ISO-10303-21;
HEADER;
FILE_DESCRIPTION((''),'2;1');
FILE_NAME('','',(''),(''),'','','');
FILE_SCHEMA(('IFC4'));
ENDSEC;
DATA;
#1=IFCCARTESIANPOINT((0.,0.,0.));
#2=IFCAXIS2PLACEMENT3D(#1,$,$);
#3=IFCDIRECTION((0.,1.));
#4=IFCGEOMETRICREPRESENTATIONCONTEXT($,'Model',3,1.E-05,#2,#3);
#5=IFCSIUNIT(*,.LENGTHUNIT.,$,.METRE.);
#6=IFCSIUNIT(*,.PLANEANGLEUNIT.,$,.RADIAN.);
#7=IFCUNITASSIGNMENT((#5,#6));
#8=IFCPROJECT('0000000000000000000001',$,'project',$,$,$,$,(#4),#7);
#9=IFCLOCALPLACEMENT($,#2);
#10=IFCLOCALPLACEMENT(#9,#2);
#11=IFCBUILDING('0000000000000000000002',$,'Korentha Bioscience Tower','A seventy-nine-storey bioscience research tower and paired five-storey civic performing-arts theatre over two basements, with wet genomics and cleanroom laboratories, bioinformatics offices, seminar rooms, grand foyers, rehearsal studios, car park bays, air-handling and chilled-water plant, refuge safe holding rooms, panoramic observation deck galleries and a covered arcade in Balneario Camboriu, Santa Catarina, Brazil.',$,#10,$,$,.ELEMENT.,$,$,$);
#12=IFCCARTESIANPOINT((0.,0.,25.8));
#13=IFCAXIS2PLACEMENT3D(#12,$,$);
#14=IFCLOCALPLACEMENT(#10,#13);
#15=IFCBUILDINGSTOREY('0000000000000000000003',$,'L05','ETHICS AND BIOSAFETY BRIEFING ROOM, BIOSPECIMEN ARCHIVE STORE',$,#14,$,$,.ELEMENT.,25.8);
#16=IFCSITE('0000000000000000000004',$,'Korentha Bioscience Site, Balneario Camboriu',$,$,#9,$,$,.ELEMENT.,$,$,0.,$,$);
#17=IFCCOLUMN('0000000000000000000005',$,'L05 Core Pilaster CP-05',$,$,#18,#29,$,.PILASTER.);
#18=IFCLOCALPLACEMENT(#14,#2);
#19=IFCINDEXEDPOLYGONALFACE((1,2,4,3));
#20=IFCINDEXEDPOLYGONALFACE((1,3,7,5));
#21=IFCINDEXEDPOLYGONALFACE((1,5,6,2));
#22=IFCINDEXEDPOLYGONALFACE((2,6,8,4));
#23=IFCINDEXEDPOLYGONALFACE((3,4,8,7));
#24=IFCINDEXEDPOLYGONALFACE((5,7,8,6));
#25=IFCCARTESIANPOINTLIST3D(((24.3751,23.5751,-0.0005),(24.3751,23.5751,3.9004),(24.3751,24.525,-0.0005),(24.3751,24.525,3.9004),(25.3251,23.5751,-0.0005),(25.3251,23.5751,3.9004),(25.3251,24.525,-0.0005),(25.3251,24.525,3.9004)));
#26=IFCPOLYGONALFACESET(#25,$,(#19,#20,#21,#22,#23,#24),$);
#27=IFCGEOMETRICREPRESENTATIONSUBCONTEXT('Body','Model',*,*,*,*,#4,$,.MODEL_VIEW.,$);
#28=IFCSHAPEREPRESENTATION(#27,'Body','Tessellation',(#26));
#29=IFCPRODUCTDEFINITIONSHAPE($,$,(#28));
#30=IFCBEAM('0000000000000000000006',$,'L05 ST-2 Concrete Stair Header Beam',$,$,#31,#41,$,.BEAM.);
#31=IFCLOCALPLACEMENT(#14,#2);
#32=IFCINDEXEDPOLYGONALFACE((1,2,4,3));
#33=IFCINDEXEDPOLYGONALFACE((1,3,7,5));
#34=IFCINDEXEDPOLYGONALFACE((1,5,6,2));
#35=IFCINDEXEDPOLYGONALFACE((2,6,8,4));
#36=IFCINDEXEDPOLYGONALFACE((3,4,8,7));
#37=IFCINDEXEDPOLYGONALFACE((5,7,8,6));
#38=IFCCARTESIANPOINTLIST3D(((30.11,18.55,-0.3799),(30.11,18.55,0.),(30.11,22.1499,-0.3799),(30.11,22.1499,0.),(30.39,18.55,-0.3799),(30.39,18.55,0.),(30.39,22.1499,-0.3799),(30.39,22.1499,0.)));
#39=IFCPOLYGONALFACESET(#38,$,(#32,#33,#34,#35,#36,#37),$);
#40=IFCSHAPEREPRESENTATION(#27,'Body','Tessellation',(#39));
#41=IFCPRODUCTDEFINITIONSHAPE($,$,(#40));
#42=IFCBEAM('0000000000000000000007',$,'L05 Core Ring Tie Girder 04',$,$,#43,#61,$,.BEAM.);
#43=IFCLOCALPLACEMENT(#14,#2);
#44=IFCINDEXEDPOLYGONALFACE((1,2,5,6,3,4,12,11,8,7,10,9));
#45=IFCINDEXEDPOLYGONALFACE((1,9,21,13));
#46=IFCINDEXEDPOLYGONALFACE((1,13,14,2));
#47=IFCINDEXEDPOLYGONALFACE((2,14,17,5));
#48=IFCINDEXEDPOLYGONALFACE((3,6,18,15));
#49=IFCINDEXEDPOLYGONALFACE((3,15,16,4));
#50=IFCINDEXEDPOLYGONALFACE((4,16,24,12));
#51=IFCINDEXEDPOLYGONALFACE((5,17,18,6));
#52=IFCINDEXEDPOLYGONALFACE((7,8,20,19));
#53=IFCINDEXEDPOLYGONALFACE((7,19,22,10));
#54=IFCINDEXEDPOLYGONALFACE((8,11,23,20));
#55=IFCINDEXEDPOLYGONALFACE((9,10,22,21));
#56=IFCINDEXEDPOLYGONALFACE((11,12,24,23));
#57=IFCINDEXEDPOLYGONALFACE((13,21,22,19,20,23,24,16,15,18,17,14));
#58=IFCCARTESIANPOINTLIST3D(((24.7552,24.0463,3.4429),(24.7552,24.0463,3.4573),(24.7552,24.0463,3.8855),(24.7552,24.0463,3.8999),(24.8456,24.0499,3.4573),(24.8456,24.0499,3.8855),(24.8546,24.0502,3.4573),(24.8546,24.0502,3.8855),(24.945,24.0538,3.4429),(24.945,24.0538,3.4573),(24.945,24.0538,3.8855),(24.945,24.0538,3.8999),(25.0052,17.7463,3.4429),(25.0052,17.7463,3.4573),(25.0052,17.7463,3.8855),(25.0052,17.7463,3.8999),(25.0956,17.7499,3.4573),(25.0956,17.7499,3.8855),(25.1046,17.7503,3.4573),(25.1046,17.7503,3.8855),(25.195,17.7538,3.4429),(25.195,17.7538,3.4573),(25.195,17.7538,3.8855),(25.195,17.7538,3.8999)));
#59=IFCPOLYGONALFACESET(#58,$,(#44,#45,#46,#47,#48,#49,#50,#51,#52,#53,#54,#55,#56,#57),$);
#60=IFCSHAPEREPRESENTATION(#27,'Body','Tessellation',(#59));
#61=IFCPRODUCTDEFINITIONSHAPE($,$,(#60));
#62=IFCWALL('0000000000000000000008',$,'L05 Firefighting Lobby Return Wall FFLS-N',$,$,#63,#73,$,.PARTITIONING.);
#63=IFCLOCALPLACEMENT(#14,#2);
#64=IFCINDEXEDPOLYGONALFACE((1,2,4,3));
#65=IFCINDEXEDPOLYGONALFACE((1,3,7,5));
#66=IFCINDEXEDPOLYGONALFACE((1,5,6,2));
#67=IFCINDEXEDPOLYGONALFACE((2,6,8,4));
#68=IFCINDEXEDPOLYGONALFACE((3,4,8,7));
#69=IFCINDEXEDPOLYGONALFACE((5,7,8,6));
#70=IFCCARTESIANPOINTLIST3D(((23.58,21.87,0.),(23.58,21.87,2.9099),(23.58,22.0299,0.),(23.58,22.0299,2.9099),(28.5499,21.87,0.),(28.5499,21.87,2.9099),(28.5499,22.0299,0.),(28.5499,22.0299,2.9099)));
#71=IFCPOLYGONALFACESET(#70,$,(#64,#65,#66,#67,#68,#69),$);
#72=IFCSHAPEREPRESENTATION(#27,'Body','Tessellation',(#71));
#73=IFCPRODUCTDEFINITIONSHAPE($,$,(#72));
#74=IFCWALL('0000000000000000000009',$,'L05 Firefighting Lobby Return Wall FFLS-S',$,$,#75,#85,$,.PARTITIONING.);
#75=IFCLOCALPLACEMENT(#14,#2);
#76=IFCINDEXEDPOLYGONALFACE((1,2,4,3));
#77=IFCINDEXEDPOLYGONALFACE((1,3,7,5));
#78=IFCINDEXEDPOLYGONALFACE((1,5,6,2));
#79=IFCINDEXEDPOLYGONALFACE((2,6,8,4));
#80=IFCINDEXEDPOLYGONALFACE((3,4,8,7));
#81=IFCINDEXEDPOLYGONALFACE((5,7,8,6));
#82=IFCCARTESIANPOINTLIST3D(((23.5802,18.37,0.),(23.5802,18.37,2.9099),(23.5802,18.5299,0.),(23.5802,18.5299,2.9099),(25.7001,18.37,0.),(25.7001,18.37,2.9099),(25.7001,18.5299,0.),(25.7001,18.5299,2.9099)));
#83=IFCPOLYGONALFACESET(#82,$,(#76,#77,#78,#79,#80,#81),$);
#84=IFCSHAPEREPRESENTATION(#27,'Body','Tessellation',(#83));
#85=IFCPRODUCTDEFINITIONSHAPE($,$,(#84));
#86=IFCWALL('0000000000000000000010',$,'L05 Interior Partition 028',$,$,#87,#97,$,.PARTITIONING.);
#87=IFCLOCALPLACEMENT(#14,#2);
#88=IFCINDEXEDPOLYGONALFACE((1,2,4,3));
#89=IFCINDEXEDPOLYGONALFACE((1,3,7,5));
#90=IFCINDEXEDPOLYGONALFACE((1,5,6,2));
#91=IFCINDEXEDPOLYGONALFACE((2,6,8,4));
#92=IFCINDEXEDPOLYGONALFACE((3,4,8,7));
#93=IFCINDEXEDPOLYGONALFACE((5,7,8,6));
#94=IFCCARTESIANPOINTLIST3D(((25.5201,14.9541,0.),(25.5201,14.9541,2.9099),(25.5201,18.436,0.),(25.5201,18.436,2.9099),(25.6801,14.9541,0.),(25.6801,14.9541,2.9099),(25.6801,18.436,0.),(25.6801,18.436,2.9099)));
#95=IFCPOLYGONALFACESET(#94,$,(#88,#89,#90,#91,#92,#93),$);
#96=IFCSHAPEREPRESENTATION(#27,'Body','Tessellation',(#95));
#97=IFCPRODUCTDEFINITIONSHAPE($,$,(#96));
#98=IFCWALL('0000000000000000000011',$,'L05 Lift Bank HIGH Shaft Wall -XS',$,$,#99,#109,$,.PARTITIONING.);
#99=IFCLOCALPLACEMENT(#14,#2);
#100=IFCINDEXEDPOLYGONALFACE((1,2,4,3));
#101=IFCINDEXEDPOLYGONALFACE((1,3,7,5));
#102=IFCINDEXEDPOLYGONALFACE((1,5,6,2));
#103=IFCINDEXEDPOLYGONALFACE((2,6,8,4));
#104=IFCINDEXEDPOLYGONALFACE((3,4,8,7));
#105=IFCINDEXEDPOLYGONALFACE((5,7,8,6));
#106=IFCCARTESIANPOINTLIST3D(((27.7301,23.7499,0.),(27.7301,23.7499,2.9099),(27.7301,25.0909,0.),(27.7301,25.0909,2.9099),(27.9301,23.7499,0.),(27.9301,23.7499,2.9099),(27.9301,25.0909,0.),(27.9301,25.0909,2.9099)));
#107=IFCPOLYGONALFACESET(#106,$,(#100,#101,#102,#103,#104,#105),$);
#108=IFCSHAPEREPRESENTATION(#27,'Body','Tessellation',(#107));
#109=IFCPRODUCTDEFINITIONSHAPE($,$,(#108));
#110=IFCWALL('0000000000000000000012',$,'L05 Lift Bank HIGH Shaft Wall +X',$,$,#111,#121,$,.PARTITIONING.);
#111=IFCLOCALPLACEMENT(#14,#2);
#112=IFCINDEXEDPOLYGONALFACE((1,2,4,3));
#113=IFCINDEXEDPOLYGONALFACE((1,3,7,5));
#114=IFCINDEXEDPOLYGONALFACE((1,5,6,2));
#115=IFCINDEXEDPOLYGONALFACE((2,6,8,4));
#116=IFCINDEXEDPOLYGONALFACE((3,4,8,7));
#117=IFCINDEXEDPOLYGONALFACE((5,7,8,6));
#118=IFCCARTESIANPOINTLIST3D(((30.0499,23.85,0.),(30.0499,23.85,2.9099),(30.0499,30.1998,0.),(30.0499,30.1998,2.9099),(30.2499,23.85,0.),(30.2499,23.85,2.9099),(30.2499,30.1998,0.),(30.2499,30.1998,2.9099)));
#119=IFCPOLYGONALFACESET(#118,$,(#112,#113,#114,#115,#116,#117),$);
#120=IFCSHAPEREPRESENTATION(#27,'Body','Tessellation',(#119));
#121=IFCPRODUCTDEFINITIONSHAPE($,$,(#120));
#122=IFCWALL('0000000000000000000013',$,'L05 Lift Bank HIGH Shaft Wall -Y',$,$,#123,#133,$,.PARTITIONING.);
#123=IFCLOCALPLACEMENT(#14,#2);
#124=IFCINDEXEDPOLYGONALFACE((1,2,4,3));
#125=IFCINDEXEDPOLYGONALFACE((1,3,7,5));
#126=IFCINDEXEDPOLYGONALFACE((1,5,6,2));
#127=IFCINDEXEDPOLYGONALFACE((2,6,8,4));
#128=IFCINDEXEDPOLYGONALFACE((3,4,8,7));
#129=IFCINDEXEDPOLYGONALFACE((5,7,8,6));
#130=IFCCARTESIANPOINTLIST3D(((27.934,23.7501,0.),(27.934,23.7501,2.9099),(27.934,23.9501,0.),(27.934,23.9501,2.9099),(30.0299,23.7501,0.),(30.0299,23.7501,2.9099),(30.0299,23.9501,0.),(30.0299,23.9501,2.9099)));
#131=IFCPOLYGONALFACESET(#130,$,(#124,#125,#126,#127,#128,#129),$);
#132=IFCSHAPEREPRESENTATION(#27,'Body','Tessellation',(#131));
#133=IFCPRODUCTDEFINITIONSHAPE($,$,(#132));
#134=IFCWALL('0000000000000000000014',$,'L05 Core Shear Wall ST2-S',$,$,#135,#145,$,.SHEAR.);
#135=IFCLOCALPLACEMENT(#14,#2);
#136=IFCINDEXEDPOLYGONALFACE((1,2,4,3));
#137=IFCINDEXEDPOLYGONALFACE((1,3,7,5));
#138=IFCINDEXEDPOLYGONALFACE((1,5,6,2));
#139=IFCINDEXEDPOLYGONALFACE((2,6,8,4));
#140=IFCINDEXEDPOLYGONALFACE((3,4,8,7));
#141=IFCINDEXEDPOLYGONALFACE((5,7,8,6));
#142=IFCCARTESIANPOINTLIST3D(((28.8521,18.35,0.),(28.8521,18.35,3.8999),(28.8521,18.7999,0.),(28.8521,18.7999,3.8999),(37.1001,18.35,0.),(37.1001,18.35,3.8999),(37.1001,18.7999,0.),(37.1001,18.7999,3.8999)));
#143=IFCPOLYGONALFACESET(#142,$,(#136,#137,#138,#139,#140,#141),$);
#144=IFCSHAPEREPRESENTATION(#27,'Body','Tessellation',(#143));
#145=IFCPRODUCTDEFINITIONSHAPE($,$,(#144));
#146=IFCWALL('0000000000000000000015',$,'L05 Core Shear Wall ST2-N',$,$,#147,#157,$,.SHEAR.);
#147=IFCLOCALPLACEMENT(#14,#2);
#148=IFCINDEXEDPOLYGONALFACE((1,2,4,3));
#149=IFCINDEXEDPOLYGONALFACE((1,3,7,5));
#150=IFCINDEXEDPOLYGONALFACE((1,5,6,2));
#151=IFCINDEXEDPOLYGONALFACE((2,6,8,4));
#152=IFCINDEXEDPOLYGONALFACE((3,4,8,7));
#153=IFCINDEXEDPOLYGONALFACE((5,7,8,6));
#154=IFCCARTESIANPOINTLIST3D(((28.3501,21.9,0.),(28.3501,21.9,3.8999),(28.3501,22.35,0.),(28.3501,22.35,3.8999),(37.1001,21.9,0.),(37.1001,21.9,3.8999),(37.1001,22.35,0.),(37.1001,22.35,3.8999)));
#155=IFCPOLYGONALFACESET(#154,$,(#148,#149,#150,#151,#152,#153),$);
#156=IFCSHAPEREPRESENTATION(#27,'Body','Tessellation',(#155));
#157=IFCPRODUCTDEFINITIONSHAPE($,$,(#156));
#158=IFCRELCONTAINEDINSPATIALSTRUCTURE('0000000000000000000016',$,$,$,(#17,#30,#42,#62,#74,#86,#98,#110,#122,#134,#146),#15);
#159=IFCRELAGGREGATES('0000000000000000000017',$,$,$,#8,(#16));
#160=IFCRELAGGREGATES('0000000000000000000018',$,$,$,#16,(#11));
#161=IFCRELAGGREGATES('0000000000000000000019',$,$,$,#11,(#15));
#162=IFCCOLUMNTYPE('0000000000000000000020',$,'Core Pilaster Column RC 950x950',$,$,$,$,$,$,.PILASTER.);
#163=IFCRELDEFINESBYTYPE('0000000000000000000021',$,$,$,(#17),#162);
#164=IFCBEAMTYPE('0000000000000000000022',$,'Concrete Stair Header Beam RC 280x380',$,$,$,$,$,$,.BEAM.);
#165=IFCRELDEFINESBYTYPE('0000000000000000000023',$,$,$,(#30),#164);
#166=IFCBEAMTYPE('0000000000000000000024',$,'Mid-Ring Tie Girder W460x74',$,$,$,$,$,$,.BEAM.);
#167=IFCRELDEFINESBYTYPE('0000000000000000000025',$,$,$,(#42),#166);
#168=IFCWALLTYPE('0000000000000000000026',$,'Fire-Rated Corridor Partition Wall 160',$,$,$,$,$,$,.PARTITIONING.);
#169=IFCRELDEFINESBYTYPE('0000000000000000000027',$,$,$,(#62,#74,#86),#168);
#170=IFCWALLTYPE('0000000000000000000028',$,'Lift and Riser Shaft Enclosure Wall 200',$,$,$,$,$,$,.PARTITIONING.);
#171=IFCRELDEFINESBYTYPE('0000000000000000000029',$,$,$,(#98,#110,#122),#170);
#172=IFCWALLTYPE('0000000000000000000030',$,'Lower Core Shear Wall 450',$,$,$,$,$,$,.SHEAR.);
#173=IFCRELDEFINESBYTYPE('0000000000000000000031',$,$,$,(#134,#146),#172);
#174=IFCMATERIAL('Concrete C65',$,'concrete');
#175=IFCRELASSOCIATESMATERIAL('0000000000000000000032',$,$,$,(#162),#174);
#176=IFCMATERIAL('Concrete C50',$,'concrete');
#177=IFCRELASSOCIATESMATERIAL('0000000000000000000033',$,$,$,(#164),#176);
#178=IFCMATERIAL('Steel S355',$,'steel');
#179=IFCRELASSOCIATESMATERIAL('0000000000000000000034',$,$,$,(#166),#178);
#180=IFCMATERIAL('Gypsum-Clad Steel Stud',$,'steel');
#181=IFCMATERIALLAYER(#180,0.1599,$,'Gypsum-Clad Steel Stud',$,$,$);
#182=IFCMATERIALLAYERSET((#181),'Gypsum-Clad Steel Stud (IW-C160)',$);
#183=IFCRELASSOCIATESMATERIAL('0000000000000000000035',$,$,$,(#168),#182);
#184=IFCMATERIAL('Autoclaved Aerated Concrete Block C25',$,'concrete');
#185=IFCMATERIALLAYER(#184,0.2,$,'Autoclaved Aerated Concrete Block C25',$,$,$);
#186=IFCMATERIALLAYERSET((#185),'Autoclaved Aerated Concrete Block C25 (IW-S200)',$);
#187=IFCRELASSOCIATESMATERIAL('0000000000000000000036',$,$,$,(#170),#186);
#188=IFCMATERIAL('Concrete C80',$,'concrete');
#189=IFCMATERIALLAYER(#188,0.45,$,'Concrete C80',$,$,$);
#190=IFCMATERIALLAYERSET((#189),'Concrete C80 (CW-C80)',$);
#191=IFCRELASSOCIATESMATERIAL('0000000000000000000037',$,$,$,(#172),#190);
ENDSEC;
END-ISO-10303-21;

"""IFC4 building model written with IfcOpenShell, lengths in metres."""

from ifc_helpers import new_model, si_unit, direction, frame, frame_2d, origin, origin_2d, place, context, subcontext, project, spatial, rectangle, i_section, extrude, material, layer, layer_set, material_profile, profile_set, type_object, element, save


model = new_model("IFC4")

# Units and contexts
model_context = context("Model", 3, precision=1e-05, world=origin(), true_north=direction((0.0, 1.0)))
body_context = subcontext(model_context, "Body", "Model", "MODEL_VIEW")
ifc_project = project(units=[si_unit("LENGTHUNIT", "METRE"), si_unit("PLANEANGLEUNIT", "RADIAN")], contexts=[model_context])

# Site, building, storey
site_placement = place(None, origin())
site = spatial("IfcSite", under=ifc_project, at=site_placement, Name="Korentha Bioscience Site, Balneario Camboriu", CompositionType="ELEMENT", RefElevation=0.0)
building_placement = place(site_placement, origin())
building = spatial("IfcBuilding", under=site, at=building_placement, Name="Korentha Bioscience Tower", Description="A seventy-nine-storey bioscience research tower and paired five-storey civic performing-arts theatre over two basements, with wet genomics and cleanroom laboratories, bioinformatics offices, seminar rooms, grand foyers, rehearsal studios, car park bays, air-handling and chilled-water plant, refuge safe holding rooms, panoramic observation deck galleries and a covered arcade in Balneario Camboriu, Santa Catarina, Brazil.", CompositionType="ELEMENT")
storey_placement = place(building_placement, frame((0.0, 0.0, 25.8)))
storey = spatial("IfcBuildingStorey", under=building, at=storey_placement, Name="L05", Description="ETHICS AND BIOSAFETY BRIEFING ROOM, BIOSPECIMEN ARCHIVE STORE", CompositionType="ELEMENT", Elevation=25.8)

# Column
ifc_material_1 = material(Name="Concrete C65", Category="concrete")
ifc_material_profile_1 = material_profile(ifc_material_1, rectangle(XDim=0.95, YDim=0.95, at=origin_2d()), Name="Concrete C65")
ifc_profile_set_1 = profile_set([ifc_material_profile_1], Name="Concrete C65 (COL-CP09)")
column_type = type_object("IfcColumnType", Name="Core Pilaster Column RC 950x950", PredefinedType="PILASTER", material=ifc_profile_set_1)
column_placement = place(storey_placement, frame((24.8501, 24.05, -0.0005), z_axis=(0.0, 0.0, 1.0), x_axis=(1.0, 0.0, 0.0)))
element("IfcColumn", 1, at=column_placement, inside=storey, type_object=column_type, Name="L05 Core Pilaster CP-05", PredefinedType="PILASTER", context=body_context, shape_type="SweptSolid", body=[
    extrude(rectangle(XDim=0.95, YDim=0.95, at=origin_2d()), origin(), (0.0, 0.0, 1.0), 3.9009),
])

# Beams
ifc_material_2 = material(Name="Concrete C50", Category="concrete")
ifc_material_profile_2 = material_profile(ifc_material_2, rectangle(XDim=0.28, YDim=0.3799, at=origin_2d()), Name="Concrete C50")
ifc_profile_set_2 = profile_set([ifc_material_profile_2], Name="Concrete C50 (ST-HB380)")
beam_type_1 = type_object("IfcBeamType", Name="Concrete Stair Header Beam RC 280x380", PredefinedType="BEAM", material=ifc_profile_set_2)
beam_1_placement = place(storey_placement, frame((30.25, 18.55, -0.1899), z_axis=(0.0, 1.0, 0.0), x_axis=(-1.0, 0.0, 0.0)))
element("IfcBeam", 2, at=beam_1_placement, inside=storey, type_object=beam_type_1, Name="L05 ST-2 Concrete Stair Header Beam", PredefinedType="BEAM", context=body_context, shape_type="SweptSolid", body=[
    extrude(rectangle(XDim=0.28, YDim=0.3799, at=origin_2d()), origin(), (0.0, 0.0, 1.0), 3.5999),
])
ifc_material_3 = material(Name="Steel S355", Category="steel")
ifc_material_profile_3 = material_profile(ifc_material_3, i_section(OverallWidth=0.1899, OverallDepth=0.457, WebThickness=0.009, FlangeThickness=0.0144, at=origin_2d()), Name="Steel S355")
ifc_profile_set_3 = profile_set([ifc_material_profile_3], Name="Steel S355 (MB-460)")
beam_type_2 = type_object("IfcBeamType", Name="Mid-Ring Tie Girder W460x74", PredefinedType="BEAM", material=ifc_profile_set_3)
beam_2_placement = place(storey_placement, frame((24.8501, 24.05, 3.6714), z_axis=(0.039651, -0.999214, 0.0), x_axis=(0.999214, 0.039651, 0.0)))
element("IfcBeam", 3, at=beam_2_placement, inside=storey, type_object=beam_type_2, Name="L05 Core Ring Tie Girder 04", PredefinedType="BEAM", context=body_context, shape_type="SweptSolid", body=[
    extrude(i_section(OverallWidth=0.1899, OverallDepth=0.457, WebThickness=0.009, FlangeThickness=0.0144, at=origin_2d()), origin(), (0.0, 0.0, 1.0), 6.3049),
])

# Shared definitions
ifc_material_4 = material(Name="Gypsum-Clad Steel Stud", Category="steel")
ifc_layer_1 = layer(ifc_material_4, 0.1599, Name="Gypsum-Clad Steel Stud")
ifc_layer_set_1 = layer_set([ifc_layer_1], Name="Gypsum-Clad Steel Stud (IW-C160)")
wall_type_1 = type_object("IfcWallType", Name="Fire-Rated Corridor Partition Wall 160", PredefinedType="PARTITIONING", material=ifc_layer_set_1)

# Walls
wall_1_placement = place(storey_placement, frame((23.5801, 21.95, 0.0), z_axis=(0.0, 0.0, 1.0), x_axis=(1.0, 0.0, 0.0)))
element("IfcWall", 4, at=wall_1_placement, inside=storey, type_object=wall_type_1, Name="L05 Firefighting Lobby Return Wall FFLS-N", PredefinedType="PARTITIONING", context=body_context, shape_type="SweptSolid", body=[
    extrude(rectangle(XDim=4.97, YDim=0.1599, at=frame_2d((2.4849, 0.0))), origin(), (0.0, 0.0, 1.0), 2.9099),
])
wall_2_placement = place(storey_placement, frame((23.5801, 18.45, 0.0), z_axis=(0.0, 0.0, 1.0), x_axis=(1.0, 0.0, 0.0)))
element("IfcWall", 5, at=wall_2_placement, inside=storey, type_object=wall_type_1, Name="L05 Firefighting Lobby Return Wall FFLS-S", PredefinedType="PARTITIONING", context=body_context, shape_type="SweptSolid", body=[
    extrude(rectangle(XDim=2.1199, YDim=0.1599, at=frame_2d((1.0601, 0.0))), origin(), (0.0, 0.0, 1.0), 2.9099),
])
wall_3_placement = place(storey_placement, frame((25.6001, 18.436, 0.0), z_axis=(0.0, 0.0, 1.0), x_axis=(0.0, -1.0, 0.0)))
element("IfcWall", 6, at=wall_3_placement, inside=storey, type_object=wall_type_1, Name="L05 Interior Partition 028", PredefinedType="PARTITIONING", context=body_context, shape_type="SweptSolid", body=[
    extrude(rectangle(XDim=3.4819, YDim=0.1599, at=frame_2d((1.741, 0.0))), origin(), (0.0, 0.0, 1.0), 2.9099),
])
ifc_material_5 = material(Name="Autoclaved Aerated Concrete Block C25", Category="concrete")
ifc_layer_2 = layer(ifc_material_5, 0.2, Name="Autoclaved Aerated Concrete Block C25")
ifc_layer_set_2 = layer_set([ifc_layer_2], Name="Autoclaved Aerated Concrete Block C25 (IW-S200)")
wall_type_2 = type_object("IfcWallType", Name="Lift and Riser Shaft Enclosure Wall 200", PredefinedType="PARTITIONING", material=ifc_layer_set_2)
wall_4_placement = place(storey_placement, frame((27.8301, 23.75, 0.0), z_axis=(0.0, 0.0, 1.0), x_axis=(0.0, 1.0, 0.0)))
element("IfcWall", 7, at=wall_4_placement, inside=storey, type_object=wall_type_2, Name="L05 Lift Bank HIGH Shaft Wall -XS", PredefinedType="PARTITIONING", context=body_context, shape_type="SweptSolid", body=[
    extrude(rectangle(XDim=1.3411, YDim=0.2, at=frame_2d((0.6704, 0.0))), origin(), (0.0, 0.0, 1.0), 2.9099),
])
wall_5_placement = place(storey_placement, frame((30.1499, 23.8501, 0.0), z_axis=(0.0, 0.0, 1.0), x_axis=(0.0, 1.0, 0.0)))
element("IfcWall", 8, at=wall_5_placement, inside=storey, type_object=wall_type_2, Name="L05 Lift Bank HIGH Shaft Wall +X", PredefinedType="PARTITIONING", context=body_context, shape_type="SweptSolid", body=[
    extrude(rectangle(XDim=6.3499, YDim=0.2, at=frame_2d((3.1748, 0.0))), origin(), (0.0, 0.0, 1.0), 2.9099),
])
wall_6_placement = place(storey_placement, frame((27.9341, 23.8501, 0.0), z_axis=(0.0, 0.0, 1.0), x_axis=(1.0, 0.0, 0.0)))
element("IfcWall", 9, at=wall_6_placement, inside=storey, type_object=wall_type_2, Name="L05 Lift Bank HIGH Shaft Wall -Y", PredefinedType="PARTITIONING", context=body_context, shape_type="SweptSolid", body=[
    extrude(rectangle(XDim=2.0959, YDim=0.2, at=frame_2d((1.0479, 0.0))), origin(), (0.0, 0.0, 1.0), 2.9099),
])
ifc_material_6 = material(Name="Concrete C80", Category="concrete")
ifc_layer_3 = layer(ifc_material_6, 0.45, Name="Concrete C80")
ifc_layer_set_3 = layer_set([ifc_layer_3], Name="Concrete C80 (CW-C80)")
wall_type_3 = type_object("IfcWallType", Name="Lower Core Shear Wall 450", PredefinedType="SHEAR", material=ifc_layer_set_3)
wall_7_placement = place(storey_placement, frame((28.8521, 18.575, 0.0), z_axis=(0.0, 0.0, 1.0), x_axis=(1.0, 0.0, 0.0)))
element("IfcWall", 10, at=wall_7_placement, inside=storey, type_object=wall_type_3, Name="L05 Core Shear Wall ST2-S", PredefinedType="SHEAR", context=body_context, shape_type="SweptSolid", body=[
    extrude(rectangle(XDim=8.248, YDim=0.45, at=frame_2d((4.124, 0.0))), origin(), (0.0, 0.0, 1.0), 3.8999),
])
wall_8_placement = place(storey_placement, frame((28.3501, 22.125, 0.0), z_axis=(0.0, 0.0, 1.0), x_axis=(1.0, 0.0, 0.0)))
element("IfcWall", 11, at=wall_8_placement, inside=storey, type_object=wall_type_3, Name="L05 Core Shear Wall ST2-N", PredefinedType="SHEAR", context=body_context, shape_type="SweptSolid", body=[
    extrude(rectangle(XDim=8.75, YDim=0.45, at=frame_2d((4.375, 0.0))), origin(), (0.0, 0.0, 1.0), 3.8999),
])

save(model, "model.ifc")
